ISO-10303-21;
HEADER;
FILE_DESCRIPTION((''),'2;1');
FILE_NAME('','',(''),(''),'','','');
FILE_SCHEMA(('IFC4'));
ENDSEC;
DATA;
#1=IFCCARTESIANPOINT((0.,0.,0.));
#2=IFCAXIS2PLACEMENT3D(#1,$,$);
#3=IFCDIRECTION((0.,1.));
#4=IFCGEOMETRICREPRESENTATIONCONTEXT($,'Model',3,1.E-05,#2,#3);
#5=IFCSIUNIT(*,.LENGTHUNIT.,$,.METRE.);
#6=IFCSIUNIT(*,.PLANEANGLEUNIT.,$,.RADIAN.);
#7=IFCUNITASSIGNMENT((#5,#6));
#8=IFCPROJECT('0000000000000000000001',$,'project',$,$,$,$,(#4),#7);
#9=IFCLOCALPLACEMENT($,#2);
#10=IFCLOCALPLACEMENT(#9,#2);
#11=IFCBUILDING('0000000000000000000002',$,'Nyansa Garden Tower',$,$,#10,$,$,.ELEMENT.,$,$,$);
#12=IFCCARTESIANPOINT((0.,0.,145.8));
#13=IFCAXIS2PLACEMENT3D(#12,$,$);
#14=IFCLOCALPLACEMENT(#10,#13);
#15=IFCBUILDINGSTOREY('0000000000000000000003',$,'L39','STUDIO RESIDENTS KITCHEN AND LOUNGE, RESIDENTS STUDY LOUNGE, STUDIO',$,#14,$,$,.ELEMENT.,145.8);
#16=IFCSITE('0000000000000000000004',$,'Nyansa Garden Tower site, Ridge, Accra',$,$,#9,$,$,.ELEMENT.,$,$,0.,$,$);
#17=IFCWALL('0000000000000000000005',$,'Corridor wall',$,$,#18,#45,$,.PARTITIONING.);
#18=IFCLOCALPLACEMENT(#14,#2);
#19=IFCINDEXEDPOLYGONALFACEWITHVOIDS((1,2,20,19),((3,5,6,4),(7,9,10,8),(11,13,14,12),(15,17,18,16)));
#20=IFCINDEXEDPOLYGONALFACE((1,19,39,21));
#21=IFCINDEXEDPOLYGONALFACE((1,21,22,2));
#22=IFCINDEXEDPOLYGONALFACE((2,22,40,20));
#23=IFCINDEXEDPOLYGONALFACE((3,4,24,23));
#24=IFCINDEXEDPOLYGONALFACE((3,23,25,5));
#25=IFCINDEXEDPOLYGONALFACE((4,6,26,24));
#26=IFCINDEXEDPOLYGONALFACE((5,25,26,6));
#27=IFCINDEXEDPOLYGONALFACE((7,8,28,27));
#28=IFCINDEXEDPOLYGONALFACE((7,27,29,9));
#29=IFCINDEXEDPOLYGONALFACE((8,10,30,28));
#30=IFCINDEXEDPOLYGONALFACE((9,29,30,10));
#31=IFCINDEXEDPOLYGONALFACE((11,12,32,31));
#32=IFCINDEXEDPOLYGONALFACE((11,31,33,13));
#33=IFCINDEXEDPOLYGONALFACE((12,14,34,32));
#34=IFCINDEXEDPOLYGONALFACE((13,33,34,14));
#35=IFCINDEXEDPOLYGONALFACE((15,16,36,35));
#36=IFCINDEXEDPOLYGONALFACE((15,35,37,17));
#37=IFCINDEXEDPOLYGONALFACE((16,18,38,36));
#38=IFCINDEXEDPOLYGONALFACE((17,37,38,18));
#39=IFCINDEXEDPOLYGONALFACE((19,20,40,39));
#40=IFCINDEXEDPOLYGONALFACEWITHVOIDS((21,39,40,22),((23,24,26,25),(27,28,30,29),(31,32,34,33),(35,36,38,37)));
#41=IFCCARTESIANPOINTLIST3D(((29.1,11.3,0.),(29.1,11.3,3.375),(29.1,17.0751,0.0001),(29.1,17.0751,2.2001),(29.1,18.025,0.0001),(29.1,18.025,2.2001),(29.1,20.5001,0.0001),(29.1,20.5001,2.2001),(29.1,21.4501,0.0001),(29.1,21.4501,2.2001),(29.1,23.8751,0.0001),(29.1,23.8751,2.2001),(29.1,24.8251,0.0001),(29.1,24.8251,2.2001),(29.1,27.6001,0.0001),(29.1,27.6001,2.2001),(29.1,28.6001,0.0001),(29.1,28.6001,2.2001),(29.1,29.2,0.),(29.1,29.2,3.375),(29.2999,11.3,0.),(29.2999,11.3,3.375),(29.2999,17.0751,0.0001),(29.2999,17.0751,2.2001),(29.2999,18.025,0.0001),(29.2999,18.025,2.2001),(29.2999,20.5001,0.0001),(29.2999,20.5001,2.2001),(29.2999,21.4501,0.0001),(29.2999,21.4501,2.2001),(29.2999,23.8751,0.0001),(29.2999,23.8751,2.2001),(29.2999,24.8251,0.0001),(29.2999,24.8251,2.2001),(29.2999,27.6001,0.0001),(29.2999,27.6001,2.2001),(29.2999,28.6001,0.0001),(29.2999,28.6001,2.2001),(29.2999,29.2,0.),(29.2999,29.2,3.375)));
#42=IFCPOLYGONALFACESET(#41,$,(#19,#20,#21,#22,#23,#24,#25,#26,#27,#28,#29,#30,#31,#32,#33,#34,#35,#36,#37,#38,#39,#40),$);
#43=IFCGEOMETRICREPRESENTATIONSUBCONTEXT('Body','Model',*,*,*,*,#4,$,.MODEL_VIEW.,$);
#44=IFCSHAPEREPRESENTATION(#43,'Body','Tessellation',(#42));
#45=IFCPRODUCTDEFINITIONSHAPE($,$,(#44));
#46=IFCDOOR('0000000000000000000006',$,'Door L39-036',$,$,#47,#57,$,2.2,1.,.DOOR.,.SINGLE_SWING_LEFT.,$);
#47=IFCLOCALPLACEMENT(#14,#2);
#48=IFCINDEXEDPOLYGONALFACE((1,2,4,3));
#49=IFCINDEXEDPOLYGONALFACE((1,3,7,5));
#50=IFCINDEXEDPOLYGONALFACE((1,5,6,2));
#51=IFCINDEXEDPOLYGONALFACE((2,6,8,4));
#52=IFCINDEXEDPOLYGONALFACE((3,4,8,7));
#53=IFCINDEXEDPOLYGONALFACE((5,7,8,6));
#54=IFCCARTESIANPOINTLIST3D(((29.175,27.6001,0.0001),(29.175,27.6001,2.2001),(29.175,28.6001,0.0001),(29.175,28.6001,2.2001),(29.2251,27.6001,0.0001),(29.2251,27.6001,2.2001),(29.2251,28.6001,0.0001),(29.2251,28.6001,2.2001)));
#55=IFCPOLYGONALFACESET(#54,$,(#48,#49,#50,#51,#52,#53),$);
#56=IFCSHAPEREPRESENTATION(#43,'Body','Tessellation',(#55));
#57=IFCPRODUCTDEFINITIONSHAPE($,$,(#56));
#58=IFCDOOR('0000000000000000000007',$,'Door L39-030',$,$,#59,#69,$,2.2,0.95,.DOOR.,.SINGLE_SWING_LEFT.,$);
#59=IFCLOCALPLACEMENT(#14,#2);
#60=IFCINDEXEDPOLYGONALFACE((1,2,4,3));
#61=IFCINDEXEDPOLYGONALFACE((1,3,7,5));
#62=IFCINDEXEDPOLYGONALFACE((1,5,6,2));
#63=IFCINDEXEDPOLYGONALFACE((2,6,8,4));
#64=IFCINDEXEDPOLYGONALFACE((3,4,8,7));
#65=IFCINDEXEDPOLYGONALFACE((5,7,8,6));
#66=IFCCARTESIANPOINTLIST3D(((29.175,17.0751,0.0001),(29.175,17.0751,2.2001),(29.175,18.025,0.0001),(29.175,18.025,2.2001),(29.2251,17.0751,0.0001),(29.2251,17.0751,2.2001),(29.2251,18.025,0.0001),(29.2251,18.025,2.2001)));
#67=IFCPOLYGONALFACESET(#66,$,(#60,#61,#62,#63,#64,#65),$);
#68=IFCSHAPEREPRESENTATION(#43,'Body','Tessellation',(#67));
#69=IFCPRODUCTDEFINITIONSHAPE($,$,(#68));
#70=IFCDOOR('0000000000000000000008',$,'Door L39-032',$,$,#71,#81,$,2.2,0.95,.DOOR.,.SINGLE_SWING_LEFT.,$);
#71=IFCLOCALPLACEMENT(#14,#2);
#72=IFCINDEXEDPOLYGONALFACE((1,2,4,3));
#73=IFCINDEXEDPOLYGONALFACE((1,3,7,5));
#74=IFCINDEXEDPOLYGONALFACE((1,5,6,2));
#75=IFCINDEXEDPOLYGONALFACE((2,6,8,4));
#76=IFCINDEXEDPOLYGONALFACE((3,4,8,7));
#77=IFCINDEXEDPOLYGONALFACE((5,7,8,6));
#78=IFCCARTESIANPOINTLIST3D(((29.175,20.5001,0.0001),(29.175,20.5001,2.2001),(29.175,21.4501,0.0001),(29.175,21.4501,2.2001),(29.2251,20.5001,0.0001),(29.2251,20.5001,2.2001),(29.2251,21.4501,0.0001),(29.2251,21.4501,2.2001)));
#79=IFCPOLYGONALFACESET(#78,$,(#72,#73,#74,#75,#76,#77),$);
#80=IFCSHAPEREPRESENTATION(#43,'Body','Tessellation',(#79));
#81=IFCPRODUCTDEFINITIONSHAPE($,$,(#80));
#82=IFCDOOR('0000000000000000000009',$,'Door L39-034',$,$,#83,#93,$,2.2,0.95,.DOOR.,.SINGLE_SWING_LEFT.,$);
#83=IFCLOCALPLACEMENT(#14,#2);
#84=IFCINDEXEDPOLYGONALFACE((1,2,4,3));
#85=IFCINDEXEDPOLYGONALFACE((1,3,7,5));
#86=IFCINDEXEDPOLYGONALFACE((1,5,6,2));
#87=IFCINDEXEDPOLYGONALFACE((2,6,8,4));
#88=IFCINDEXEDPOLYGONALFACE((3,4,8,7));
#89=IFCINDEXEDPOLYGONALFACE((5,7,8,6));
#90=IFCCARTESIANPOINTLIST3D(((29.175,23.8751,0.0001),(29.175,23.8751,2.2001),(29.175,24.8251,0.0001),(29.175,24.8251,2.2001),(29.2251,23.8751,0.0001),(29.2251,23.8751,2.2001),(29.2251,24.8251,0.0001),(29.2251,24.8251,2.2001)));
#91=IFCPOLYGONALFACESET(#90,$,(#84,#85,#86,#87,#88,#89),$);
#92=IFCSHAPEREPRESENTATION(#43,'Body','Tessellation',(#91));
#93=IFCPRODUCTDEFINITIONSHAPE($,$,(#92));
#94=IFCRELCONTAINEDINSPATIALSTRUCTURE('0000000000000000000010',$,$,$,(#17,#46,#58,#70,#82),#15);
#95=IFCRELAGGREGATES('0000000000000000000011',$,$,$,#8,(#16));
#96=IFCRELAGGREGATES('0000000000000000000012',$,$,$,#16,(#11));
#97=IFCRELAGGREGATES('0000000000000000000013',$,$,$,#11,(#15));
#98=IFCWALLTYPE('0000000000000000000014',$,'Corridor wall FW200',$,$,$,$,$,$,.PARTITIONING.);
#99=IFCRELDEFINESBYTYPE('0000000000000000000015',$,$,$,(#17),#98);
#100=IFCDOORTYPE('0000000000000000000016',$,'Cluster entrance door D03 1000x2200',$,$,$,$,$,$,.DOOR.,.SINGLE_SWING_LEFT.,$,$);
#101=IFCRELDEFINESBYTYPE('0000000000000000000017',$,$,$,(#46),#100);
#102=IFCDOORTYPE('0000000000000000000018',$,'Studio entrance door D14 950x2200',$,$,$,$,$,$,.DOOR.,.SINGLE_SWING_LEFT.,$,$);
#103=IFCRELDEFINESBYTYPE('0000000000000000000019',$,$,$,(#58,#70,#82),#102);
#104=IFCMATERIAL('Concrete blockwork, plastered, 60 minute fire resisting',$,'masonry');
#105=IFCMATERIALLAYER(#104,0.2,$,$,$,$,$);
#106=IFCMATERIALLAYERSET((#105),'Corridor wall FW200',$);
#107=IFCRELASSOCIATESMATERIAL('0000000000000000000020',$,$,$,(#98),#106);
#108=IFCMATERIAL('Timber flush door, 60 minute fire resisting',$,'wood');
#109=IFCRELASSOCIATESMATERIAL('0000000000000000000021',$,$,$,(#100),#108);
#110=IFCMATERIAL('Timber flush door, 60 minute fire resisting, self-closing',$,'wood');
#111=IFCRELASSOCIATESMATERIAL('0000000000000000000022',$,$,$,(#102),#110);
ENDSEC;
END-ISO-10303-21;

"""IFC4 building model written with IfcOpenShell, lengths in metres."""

from ifc_helpers import new_model, si_unit, direction, frame, frame_2d, origin, place, context, subcontext, project, spatial, rectangle, extrude, material, layer, layer_set, type_object, element, fill, save


model = new_model("IFC4")

# Units and contexts
model_context = context("Model", 3, precision=1e-05, world=origin(), true_north=direction((0.0, 1.0)))
body_context = subcontext(model_context, "Body", "Model", "MODEL_VIEW")
ifc_project = project(units=[si_unit("LENGTHUNIT", "METRE"), si_unit("PLANEANGLEUNIT", "RADIAN")], contexts=[model_context])

# Site, building, storey
site_placement = place(None, origin())
site = spatial("IfcSite", under=ifc_project, at=site_placement, Name="Nyansa Garden Tower site, Ridge, Accra", CompositionType="ELEMENT", RefElevation=0.0)
building_placement = place(site_placement, origin())
building = spatial("IfcBuilding", under=site, at=building_placement, Name="Nyansa Garden Tower", CompositionType="ELEMENT")
storey_placement = place(building_placement, frame((0.0, 0.0, 145.8)))
storey = spatial("IfcBuildingStorey", under=building, at=storey_placement, Name="L39", Description="STUDIO RESIDENTS KITCHEN AND LOUNGE, RESIDENTS STUDY LOUNGE, STUDIO", CompositionType="ELEMENT", Elevation=145.8)

# Wall, openings, doors
ifc_material_1 = material(Name="Concrete blockwork, plastered, 60 minute fire resisting", Category="masonry")
ifc_layer_1 = layer(ifc_material_1, 0.2)
ifc_layer_set_1 = layer_set([ifc_layer_1], Name="Corridor wall FW200")
wall_type_1 = type_object("IfcWallType", Name="Corridor wall FW200", PredefinedType="PARTITIONING", material=ifc_layer_set_1)
wall_1_placement = place(storey_placement, frame((29.2, 11.3, 0.0), z_axis=(0.0, 0.0, 1.0), x_axis=(0.0, 1.0, 0.0)))
wall_1 = element("IfcWall", 1, at=wall_1_placement, inside=storey, type_object=wall_type_1, Name="Corridor wall", PredefinedType="PARTITIONING", context=body_context, shape_type="SweptSolid", body=[
    extrude(rectangle(XDim=17.8999, YDim=0.2, at=frame_2d((8.95, 0.0))), origin(), (0.0, 0.0, 1.0), 3.375),
])
opening_1_placement = place(wall_1_placement, frame((5.7749, 0.0, 0.0)))
opening_1 = element("IfcOpeningElement", 2, at=opening_1_placement, cuts=wall_1, PredefinedType="OPENING", context=body_context, shape_type="SweptSolid", body=[
    extrude(rectangle(XDim=0.95, YDim=2.2, at=frame_2d((0.4751, 1.1001))), frame((0.0, 0.1099, 0.0), z_axis=(0.0, -1.0, 0.0), x_axis=(1.0, 0.0, 0.0)), (0.0, 0.0, 1.0), 0.22),
])
opening_2_placement = place(wall_1_placement, frame((9.2, 0.0, 0.0)))
opening_2 = element("IfcOpeningElement", 3, at=opening_2_placement, cuts=wall_1, PredefinedType="OPENING", context=body_context, shape_type="SweptSolid", body=[
    extrude(rectangle(XDim=0.95, YDim=2.2, at=frame_2d((0.4751, 1.1001))), frame((0.0, 0.1099, 0.0), z_axis=(0.0, -1.0, 0.0), x_axis=(1.0, 0.0, 0.0)), (0.0, 0.0, 1.0), 0.22),
])
opening_3_placement = place(wall_1_placement, frame((12.575, 0.0, 0.0)))
opening_3 = element("IfcOpeningElement", 4, at=opening_3_placement, cuts=wall_1, PredefinedType="OPENING", context=body_context, shape_type="SweptSolid", body=[
    extrude(rectangle(XDim=0.95, YDim=2.2, at=frame_2d((0.4751, 1.1001))), frame((0.0, 0.1099, 0.0), z_axis=(0.0, -1.0, 0.0), x_axis=(1.0, 0.0, 0.0)), (0.0, 0.0, 1.0), 0.22),
])
opening_4_placement = place(wall_1_placement, frame((16.3, 0.0, 0.0)))
opening_4 = element("IfcOpeningElement", 5, at=opening_4_placement, cuts=wall_1, PredefinedType="OPENING", context=body_context, shape_type="SweptSolid", body=[
    extrude(rectangle(XDim=1.0, YDim=2.2, at=frame_2d((0.5, 1.1001))), frame((0.0, 0.1099, 0.0), z_axis=(0.0, -1.0, 0.0), x_axis=(1.0, 0.0, 0.0)), (0.0, 0.0, 1.0), 0.22),
])
ifc_material_2 = material(Name="Timber flush door, 60 minute fire resisting", Category="wood")
door_type_1 = type_object("IfcDoorType", Name="Cluster entrance door D03 1000x2200", OperationType="SINGLE_SWING_LEFT", PredefinedType="DOOR", material=ifc_material_2)
door_1_placement = place(opening_4_placement, origin())
door_1 = element("IfcDoor", 6, at=door_1_placement, inside=storey, type_object=door_type_1, Name="Door L39-036", OperationType="SINGLE_SWING_LEFT", OverallHeight=2.2, OverallWidth=1.0, PredefinedType="DOOR", context=body_context, shape_type="SweptSolid", body=[
    extrude(rectangle(XDim=1.0, YDim=2.2, at=frame_2d((0.5, 1.1001))), frame((0.0, 0.0249, 0.0), z_axis=(0.0, -1.0, 0.0), x_axis=(1.0, 0.0, 0.0)), (0.0, 0.0, 1.0), 0.05),
])
fill(opening_4, door_1)
ifc_material_3 = material(Name="Timber flush door, 60 minute fire resisting, self-closing", Category="wood")
door_type_2 = type_object("IfcDoorType", Name="Studio entrance door D14 950x2200", OperationType="SINGLE_SWING_LEFT", PredefinedType="DOOR", material=ifc_material_3)
door_2_placement = place(opening_1_placement, origin())
door_2 = element("IfcDoor", 7, at=door_2_placement, inside=storey, type_object=door_type_2, Name="Door L39-030", OperationType="SINGLE_SWING_LEFT", OverallHeight=2.2, OverallWidth=0.95, PredefinedType="DOOR", context=body_context, shape_type="SweptSolid", body=[
    extrude(rectangle(XDim=0.95, YDim=2.2, at=frame_2d((0.4751, 1.1001))), frame((0.0, 0.0249, 0.0), z_axis=(0.0, -1.0, 0.0), x_axis=(1.0, 0.0, 0.0)), (0.0, 0.0, 1.0), 0.05),
])
fill(opening_1, door_2)
door_3_placement = place(opening_2_placement, origin())
door_3 = element("IfcDoor", 8, at=door_3_placement, inside=storey, type_object=door_type_2, Name="Door L39-032", OperationType="SINGLE_SWING_LEFT", OverallHeight=2.2, OverallWidth=0.95, PredefinedType="DOOR", context=body_context, shape_type="SweptSolid", body=[
    extrude(rectangle(XDim=0.95, YDim=2.2, at=frame_2d((0.4751, 1.1001))), frame((0.0, 0.0249, 0.0), z_axis=(0.0, -1.0, 0.0), x_axis=(1.0, 0.0, 0.0)), (0.0, 0.0, 1.0), 0.05),
])
fill(opening_2, door_3)
door_4_placement = place(opening_3_placement, origin())
door_4 = element("IfcDoor", 9, at=door_4_placement, inside=storey, type_object=door_type_2, Name="Door L39-034", OperationType="SINGLE_SWING_LEFT", OverallHeight=2.2, OverallWidth=0.95, PredefinedType="DOOR", context=body_context, shape_type="SweptSolid", body=[
    extrude(rectangle(XDim=0.95, YDim=2.2, at=frame_2d((0.4751, 1.1001))), frame((0.0, 0.0249, 0.0), z_axis=(0.0, -1.0, 0.0), x_axis=(1.0, 0.0, 0.0)), (0.0, 0.0, 1.0), 0.05),
])
fill(opening_3, door_4)

save(model, "model.ifc")
